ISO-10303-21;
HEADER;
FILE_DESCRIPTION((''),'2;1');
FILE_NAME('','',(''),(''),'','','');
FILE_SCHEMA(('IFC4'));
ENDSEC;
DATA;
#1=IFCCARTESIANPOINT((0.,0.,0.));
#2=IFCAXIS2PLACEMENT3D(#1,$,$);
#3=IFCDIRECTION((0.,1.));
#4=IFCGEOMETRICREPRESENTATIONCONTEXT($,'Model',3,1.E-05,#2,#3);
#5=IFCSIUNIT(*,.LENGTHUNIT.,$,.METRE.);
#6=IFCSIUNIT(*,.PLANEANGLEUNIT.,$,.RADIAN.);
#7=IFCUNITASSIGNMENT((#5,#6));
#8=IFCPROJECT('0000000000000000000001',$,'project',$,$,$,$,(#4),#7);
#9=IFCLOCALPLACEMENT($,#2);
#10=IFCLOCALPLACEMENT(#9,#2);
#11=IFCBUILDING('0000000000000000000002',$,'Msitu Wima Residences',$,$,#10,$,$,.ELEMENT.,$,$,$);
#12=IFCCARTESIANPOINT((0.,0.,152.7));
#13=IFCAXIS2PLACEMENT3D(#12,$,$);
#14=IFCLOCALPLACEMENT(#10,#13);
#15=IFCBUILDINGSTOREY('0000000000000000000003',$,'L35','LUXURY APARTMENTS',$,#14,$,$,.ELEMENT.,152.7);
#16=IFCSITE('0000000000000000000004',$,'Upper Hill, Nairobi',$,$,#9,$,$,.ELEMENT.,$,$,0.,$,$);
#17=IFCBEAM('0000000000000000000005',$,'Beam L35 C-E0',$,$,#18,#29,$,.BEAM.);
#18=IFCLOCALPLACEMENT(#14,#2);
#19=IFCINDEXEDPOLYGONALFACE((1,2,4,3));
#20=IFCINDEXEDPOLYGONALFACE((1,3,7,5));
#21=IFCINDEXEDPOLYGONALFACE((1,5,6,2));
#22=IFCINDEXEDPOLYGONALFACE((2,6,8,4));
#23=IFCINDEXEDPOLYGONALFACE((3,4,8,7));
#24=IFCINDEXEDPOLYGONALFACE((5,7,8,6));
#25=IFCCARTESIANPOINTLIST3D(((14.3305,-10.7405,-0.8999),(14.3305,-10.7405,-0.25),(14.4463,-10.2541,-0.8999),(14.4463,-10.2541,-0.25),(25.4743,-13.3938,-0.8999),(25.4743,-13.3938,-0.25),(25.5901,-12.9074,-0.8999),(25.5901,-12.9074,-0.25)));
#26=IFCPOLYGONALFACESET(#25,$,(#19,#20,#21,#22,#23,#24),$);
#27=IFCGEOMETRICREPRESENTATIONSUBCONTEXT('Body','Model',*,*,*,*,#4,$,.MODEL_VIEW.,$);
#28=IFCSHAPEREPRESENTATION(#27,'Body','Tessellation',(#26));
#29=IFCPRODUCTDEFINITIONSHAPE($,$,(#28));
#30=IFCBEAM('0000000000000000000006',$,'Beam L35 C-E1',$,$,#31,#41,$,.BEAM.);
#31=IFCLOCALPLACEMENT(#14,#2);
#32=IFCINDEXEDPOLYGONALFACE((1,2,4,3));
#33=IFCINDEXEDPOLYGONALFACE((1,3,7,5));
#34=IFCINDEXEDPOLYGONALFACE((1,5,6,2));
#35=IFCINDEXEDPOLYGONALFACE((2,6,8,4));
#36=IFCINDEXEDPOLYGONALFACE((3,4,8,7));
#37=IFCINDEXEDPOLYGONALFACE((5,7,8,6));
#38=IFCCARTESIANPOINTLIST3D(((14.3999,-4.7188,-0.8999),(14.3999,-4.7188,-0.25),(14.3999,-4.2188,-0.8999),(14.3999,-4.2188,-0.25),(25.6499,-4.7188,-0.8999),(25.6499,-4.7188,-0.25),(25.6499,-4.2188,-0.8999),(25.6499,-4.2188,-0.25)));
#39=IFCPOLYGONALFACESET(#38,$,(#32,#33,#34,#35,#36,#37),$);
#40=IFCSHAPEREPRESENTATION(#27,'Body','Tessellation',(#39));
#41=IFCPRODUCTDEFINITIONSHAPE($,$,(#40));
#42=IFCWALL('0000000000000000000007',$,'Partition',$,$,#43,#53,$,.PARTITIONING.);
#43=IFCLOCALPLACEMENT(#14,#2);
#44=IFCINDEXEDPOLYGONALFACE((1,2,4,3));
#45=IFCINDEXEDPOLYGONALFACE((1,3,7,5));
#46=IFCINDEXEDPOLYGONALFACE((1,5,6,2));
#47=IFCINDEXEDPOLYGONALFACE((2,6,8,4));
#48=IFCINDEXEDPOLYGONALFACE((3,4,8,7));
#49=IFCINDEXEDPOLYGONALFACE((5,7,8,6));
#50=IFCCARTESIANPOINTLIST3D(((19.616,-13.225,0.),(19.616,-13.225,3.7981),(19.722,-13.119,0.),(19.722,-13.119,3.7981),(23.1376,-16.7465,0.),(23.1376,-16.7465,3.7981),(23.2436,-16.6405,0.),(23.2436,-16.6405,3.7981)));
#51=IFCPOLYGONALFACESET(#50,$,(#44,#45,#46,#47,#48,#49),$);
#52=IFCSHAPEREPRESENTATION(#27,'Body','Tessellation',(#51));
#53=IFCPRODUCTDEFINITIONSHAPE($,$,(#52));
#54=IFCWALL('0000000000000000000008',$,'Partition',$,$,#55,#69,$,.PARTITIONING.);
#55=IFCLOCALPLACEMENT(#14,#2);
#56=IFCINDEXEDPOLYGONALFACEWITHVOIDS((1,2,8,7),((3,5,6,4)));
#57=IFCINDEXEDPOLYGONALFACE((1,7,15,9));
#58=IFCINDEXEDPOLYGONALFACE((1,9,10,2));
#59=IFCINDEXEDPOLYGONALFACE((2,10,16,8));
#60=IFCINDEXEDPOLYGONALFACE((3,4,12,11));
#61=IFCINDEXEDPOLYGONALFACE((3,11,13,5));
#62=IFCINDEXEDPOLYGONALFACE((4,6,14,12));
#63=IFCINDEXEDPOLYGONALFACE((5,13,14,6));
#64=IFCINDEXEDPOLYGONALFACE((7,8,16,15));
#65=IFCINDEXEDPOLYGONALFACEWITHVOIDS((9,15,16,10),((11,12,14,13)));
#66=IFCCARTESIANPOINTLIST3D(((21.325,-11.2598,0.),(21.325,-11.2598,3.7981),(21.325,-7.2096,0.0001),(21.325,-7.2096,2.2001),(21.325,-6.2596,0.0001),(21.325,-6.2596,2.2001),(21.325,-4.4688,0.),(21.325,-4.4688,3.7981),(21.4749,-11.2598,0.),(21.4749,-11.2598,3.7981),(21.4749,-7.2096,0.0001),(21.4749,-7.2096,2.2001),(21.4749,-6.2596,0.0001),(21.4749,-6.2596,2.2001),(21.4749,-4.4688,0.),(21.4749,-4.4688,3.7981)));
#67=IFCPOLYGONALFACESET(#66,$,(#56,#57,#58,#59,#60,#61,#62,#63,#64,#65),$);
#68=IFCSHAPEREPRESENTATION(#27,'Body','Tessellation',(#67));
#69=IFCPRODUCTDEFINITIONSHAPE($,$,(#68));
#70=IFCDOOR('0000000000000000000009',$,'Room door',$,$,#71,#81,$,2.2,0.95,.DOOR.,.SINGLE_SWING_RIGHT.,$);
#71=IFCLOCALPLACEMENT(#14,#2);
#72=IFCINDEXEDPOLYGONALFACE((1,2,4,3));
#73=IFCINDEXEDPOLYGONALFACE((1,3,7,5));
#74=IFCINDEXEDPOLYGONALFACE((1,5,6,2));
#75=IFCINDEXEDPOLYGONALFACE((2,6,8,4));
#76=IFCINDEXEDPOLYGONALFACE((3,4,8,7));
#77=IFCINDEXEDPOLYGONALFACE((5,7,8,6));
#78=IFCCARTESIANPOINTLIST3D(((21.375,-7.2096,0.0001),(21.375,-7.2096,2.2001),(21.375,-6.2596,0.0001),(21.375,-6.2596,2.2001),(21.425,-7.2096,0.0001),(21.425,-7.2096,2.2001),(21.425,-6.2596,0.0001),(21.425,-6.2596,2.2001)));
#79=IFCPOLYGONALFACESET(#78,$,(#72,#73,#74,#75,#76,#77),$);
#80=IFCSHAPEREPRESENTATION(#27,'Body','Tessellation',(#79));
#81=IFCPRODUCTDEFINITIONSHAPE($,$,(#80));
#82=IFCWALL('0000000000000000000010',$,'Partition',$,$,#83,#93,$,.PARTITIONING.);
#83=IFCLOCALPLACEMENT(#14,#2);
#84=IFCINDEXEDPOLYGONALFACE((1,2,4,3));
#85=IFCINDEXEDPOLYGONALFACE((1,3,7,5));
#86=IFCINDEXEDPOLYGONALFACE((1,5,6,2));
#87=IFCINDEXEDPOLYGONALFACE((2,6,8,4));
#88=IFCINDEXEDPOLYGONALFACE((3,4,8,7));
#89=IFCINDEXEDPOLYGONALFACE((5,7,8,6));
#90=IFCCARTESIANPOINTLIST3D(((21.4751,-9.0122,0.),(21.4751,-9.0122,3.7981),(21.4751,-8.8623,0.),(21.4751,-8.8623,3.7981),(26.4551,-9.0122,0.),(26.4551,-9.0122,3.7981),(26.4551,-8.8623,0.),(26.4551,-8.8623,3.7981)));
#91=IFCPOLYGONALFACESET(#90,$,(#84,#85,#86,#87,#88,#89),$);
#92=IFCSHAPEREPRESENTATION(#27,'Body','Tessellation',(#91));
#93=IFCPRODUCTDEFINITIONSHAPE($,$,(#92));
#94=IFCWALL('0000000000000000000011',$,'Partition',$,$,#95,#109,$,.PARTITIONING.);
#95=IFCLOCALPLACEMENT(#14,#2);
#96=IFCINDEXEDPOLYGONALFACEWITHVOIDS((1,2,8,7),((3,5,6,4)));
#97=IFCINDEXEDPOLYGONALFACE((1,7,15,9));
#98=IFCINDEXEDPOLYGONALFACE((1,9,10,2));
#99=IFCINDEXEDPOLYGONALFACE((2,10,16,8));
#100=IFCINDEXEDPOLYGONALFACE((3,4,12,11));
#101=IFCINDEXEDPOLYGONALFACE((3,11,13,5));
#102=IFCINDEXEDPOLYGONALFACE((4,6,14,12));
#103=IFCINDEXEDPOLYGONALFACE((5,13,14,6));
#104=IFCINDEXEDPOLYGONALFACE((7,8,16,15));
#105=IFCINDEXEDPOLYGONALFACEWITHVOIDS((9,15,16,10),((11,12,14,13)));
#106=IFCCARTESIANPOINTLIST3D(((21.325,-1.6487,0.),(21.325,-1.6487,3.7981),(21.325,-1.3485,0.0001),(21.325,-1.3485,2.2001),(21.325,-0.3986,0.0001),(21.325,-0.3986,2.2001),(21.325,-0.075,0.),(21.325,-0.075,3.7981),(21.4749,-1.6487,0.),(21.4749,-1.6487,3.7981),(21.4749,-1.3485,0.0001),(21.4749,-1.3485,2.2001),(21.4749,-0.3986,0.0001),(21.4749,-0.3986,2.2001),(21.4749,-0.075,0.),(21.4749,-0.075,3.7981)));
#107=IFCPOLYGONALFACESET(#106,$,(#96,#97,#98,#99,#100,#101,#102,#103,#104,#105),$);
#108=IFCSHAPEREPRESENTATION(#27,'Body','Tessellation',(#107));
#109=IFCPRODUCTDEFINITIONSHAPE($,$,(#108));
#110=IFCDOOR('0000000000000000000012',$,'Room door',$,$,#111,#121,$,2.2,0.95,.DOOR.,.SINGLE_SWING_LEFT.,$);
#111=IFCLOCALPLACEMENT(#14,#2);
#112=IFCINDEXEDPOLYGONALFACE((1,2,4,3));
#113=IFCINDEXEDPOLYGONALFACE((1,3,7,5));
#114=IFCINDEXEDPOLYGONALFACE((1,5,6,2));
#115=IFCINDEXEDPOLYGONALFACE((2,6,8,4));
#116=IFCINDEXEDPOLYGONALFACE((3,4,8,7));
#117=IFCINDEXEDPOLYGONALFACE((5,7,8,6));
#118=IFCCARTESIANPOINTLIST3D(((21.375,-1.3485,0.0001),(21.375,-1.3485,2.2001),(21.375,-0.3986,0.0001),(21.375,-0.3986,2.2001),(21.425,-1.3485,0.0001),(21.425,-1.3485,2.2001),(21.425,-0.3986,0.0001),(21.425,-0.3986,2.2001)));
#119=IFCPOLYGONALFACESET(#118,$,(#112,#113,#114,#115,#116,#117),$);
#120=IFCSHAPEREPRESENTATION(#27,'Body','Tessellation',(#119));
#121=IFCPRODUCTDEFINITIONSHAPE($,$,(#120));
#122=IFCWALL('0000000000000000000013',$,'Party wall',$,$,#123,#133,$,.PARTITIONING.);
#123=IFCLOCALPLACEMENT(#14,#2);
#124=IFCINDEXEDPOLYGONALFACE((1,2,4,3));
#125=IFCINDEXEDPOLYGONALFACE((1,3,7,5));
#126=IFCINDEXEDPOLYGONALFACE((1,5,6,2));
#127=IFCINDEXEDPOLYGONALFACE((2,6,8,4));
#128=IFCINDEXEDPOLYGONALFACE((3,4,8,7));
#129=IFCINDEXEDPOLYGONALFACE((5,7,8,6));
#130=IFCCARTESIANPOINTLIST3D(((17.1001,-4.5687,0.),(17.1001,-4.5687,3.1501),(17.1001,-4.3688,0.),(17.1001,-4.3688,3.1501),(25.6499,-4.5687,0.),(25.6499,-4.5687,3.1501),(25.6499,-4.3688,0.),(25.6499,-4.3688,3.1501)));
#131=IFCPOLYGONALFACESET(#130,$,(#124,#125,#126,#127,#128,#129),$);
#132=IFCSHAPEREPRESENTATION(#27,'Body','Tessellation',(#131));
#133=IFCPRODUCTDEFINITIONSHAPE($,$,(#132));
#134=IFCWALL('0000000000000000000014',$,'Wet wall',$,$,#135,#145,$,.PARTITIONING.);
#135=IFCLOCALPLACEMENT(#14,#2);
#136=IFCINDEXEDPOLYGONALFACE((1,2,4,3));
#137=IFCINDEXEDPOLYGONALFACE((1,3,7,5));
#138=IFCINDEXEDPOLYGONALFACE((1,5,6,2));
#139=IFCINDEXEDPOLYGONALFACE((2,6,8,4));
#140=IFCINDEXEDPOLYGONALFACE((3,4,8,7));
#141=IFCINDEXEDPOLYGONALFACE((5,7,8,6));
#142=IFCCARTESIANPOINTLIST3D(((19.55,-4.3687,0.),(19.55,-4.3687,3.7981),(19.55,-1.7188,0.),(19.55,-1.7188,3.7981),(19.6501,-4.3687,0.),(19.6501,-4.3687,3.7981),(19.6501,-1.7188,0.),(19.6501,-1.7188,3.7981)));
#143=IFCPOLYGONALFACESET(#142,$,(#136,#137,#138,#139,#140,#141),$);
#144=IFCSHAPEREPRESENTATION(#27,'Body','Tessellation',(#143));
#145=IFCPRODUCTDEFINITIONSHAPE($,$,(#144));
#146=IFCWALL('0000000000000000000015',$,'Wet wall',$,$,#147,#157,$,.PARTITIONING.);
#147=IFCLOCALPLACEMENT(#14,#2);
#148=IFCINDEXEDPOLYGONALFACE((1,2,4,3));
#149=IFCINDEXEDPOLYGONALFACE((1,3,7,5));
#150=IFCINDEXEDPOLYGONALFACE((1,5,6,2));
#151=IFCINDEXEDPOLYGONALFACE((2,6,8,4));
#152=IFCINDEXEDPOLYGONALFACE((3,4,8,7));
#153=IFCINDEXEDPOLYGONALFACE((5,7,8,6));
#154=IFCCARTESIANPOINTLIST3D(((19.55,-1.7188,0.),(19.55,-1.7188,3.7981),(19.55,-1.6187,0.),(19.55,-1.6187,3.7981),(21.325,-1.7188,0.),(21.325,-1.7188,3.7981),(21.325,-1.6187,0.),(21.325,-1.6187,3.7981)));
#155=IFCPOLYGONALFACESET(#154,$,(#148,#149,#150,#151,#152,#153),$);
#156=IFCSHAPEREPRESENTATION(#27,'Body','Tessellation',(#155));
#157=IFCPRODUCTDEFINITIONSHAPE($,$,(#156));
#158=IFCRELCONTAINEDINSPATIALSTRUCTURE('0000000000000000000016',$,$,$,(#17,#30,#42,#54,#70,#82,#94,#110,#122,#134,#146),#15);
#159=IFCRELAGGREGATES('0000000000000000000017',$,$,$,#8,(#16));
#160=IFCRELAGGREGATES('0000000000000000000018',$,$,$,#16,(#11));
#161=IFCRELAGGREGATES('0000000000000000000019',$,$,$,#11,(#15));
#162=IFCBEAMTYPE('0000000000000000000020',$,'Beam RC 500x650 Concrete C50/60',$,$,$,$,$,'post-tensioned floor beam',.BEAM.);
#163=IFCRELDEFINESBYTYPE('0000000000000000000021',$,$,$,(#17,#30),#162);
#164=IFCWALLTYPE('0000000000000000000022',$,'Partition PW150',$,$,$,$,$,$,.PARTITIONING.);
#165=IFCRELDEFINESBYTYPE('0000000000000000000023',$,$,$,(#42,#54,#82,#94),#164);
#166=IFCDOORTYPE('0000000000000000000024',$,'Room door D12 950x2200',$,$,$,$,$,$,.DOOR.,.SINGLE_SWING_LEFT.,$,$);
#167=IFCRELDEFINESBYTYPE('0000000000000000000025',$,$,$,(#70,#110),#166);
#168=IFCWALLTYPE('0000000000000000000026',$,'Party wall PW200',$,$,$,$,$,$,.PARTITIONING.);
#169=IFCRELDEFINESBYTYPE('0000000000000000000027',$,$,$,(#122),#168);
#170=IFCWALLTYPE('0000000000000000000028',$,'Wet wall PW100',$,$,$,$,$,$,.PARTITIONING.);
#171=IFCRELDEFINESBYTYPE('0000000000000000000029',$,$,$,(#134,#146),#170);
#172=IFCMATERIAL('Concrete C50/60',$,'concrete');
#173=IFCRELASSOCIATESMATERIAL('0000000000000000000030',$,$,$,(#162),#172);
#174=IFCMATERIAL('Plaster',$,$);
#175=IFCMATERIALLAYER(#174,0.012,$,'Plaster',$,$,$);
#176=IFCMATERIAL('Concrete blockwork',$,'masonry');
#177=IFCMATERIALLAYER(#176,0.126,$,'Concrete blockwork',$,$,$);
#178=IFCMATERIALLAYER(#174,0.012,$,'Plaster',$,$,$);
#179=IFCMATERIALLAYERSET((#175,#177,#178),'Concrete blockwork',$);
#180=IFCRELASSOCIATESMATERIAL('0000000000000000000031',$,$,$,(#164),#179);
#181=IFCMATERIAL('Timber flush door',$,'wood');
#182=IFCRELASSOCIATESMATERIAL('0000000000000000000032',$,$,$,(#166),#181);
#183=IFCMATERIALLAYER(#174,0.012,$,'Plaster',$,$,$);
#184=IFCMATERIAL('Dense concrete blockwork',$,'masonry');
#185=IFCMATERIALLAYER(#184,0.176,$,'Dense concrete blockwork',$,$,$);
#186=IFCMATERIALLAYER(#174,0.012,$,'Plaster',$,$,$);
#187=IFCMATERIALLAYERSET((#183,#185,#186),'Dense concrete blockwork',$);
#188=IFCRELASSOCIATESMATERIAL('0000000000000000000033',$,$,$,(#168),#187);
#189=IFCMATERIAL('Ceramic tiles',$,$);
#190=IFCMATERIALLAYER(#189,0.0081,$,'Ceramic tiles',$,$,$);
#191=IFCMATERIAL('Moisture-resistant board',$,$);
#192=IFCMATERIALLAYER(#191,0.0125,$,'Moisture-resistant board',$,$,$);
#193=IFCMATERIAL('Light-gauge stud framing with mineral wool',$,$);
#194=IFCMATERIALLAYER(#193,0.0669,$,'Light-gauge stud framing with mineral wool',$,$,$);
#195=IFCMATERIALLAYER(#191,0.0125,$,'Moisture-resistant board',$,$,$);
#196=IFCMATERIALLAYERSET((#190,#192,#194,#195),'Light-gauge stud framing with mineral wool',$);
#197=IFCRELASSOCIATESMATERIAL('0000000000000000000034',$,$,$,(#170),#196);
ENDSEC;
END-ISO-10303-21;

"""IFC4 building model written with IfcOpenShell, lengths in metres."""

from ifc_helpers import new_model, si_unit, direction, frame, frame_2d, origin, origin_2d, place, context, subcontext, project, spatial, rectangle, extrude, material, layer, layer_set, material_profile, profile_set, type_object, element, fill, save


model = new_model("IFC4")

# Units and contexts
model_context = context("Model", 3, precision=1e-05, world=origin(), true_north=direction((0.0, 1.0)))
body_context = subcontext(model_context, "Body", "Model", "MODEL_VIEW")
ifc_project = project(units=[si_unit("LENGTHUNIT", "METRE"), si_unit("PLANEANGLEUNIT", "RADIAN")], contexts=[model_context])

# Site, building, storey
site_placement = place(None, origin())
site = spatial("IfcSite", under=ifc_project, at=site_placement, Name="Upper Hill, Nairobi", CompositionType="ELEMENT", RefElevation=0.0)
building_placement = place(site_placement, origin())
building = spatial("IfcBuilding", under=site, at=building_placement, Name="Msitu Wima Residences", CompositionType="ELEMENT")
storey_placement = place(building_placement, frame((0.0, 0.0, 152.7)))
storey = spatial("IfcBuildingStorey", under=building, at=storey_placement, Name="L35", Description="LUXURY APARTMENTS", CompositionType="ELEMENT", Elevation=152.7)

# Beams
ifc_material_1 = material(Name="Concrete C50/60", Category="concrete")
ifc_material_profile = material_profile(ifc_material_1, rectangle(XDim=0.5, YDim=0.6499, at=origin_2d()), Name="RC 500x650")
ifc_profile_set = profile_set([ifc_material_profile], Name="Concrete C50/60")
beam_type = type_object("IfcBeamType", Name="Beam RC 500x650 Concrete C50/60", ElementType="post-tensioned floor beam", PredefinedType="BEAM", material=ifc_profile_set)
beam_1_placement = place(storey_placement, frame((25.5322, -13.1506, -0.575), z_axis=(-0.972806, 0.231623, 0.0), x_axis=(-0.231623, -0.972806, 0.0)))
element("IfcBeam", 1, at=beam_1_placement, inside=storey, type_object=beam_type, Name="Beam L35 C-E0", PredefinedType="BEAM", context=body_context, shape_type="SweptSolid", body=[
    extrude(rectangle(XDim=0.5, YDim=0.6499, at=origin_2d()), origin(), (0.0, 0.0, 1.0), 11.4553),
])
beam_2_placement = place(storey_placement, frame((25.6499, -4.4688, -0.575), z_axis=(-1.0, 0.0, 0.0), x_axis=(0.0, -1.0, 0.0)))
element("IfcBeam", 2, at=beam_2_placement, inside=storey, type_object=beam_type, Name="Beam L35 C-E1", PredefinedType="BEAM", context=body_context, shape_type="SweptSolid", body=[
    extrude(rectangle(XDim=0.5, YDim=0.6499, at=origin_2d()), origin(), (0.0, 0.0, 1.0), 11.25),
])

# Wall
ifc_material_2 = material(Name="Plaster")
ifc_layer_1 = layer(ifc_material_2, 0.012, Name="Plaster")
ifc_material_3 = material(Name="Concrete blockwork", Category="masonry")
ifc_layer_2 = layer(ifc_material_3, 0.126, Name="Concrete blockwork")
ifc_layer_3 = layer(ifc_material_2, 0.012, Name="Plaster")
ifc_layer_set_1 = layer_set([ifc_layer_1, ifc_layer_2, ifc_layer_3], Name="Concrete blockwork")
wall_type_1 = type_object("IfcWallType", Name="Partition PW150", PredefinedType="PARTITIONING", material=ifc_layer_set_1)
wall_1_placement = place(storey_placement, frame((19.6689, -13.1719, 0.0), z_axis=(0.0, 0.0, 1.0), x_axis=(0.707107, -0.707107, 0.0)))
element("IfcWall", 3, at=wall_1_placement, inside=storey, type_object=wall_type_1, Name="Partition", PredefinedType="PARTITIONING", context=body_context, shape_type="SweptSolid", body=[
    extrude(rectangle(XDim=4.9802, YDim=0.1499, at=frame_2d((2.4902, 0.0))), origin(), (0.0, 0.0, 1.0), 3.7981),
])

# Wall, opening, door
wall_2_placement = place(storey_placement, frame((21.3999, -11.2598, 0.0), z_axis=(0.0, 0.0, 1.0), x_axis=(0.0, 1.0, 0.0)))
wall_2 = element("IfcWall", 4, at=wall_2_placement, inside=storey, type_object=wall_type_1, Name="Partition", PredefinedType="PARTITIONING", context=body_context, shape_type="SweptSolid", body=[
    extrude(rectangle(XDim=6.791, YDim=0.1499, at=frame_2d((3.3955, 0.0))), origin(), (0.0, 0.0, 1.0), 3.7981),
])
opening_1_placement = place(wall_2_placement, frame((4.05, 0.0, 0.0)))
opening_1 = element("IfcOpeningElement", 5, at=opening_1_placement, cuts=wall_2, PredefinedType="OPENING", context=body_context, shape_type="SweptSolid", body=[
    extrude(rectangle(XDim=0.95, YDim=2.2, at=frame_2d((0.4751, 1.1001))), frame((0.0, 0.085, 0.0), z_axis=(0.0, -1.0, 0.0), x_axis=(1.0, 0.0, 0.0)), (0.0, 0.0, 1.0), 0.1699),
])
ifc_material_4 = material(Name="Timber flush door", Category="wood")
door_type_1 = type_object("IfcDoorType", Name="Room door D12 950x2200", OperationType="SINGLE_SWING_LEFT", PredefinedType="DOOR", material=ifc_material_4)
door_1_placement = place(opening_1_placement, origin())
door_1 = element("IfcDoor", 6, at=door_1_placement, inside=storey, type_object=door_type_1, Name="Room door", OperationType="SINGLE_SWING_RIGHT", OverallHeight=2.2, OverallWidth=0.95, PredefinedType="DOOR", context=body_context, shape_type="SweptSolid", body=[
    extrude(rectangle(XDim=0.95, YDim=2.2, at=frame_2d((0.4751, 1.1001))), frame((0.0, 0.0249, 0.0), z_axis=(0.0, -1.0, 0.0), x_axis=(1.0, 0.0, 0.0)), (0.0, 0.0, 1.0), 0.05),
])
fill(opening_1, door_1)

# Wall
wall_3_placement = place(storey_placement, frame((21.4751, -8.9373, 0.0), z_axis=(0.0, 0.0, 1.0), x_axis=(1.0, 0.0, 0.0)))
element("IfcWall", 7, at=wall_3_placement, inside=storey, type_object=wall_type_1, Name="Partition", PredefinedType="PARTITIONING", context=body_context, shape_type="SweptSolid", body=[
    extrude(rectangle(XDim=4.98, YDim=0.1499, at=frame_2d((2.49, 0.0))), origin(), (0.0, 0.0, 1.0), 3.7981),
])

# Wall, opening, door
wall_4_placement = place(storey_placement, frame((21.3999, -1.6487, 0.0), z_axis=(0.0, 0.0, 1.0), x_axis=(0.0, 1.0, 0.0)))
wall_4 = element("IfcWall", 8, at=wall_4_placement, inside=storey, type_object=wall_type_1, Name="Partition", PredefinedType="PARTITIONING", context=body_context, shape_type="SweptSolid", body=[
    extrude(rectangle(XDim=1.5737, YDim=0.1499, at=frame_2d((0.7869, 0.0))), origin(), (0.0, 0.0, 1.0), 3.7981),
])
opening_2_placement = place(wall_4_placement, frame((0.3, 0.0, 0.0)))
opening_2 = element("IfcOpeningElement", 9, at=opening_2_placement, cuts=wall_4, PredefinedType="OPENING", context=body_context, shape_type="SweptSolid", body=[
    extrude(rectangle(XDim=0.95, YDim=2.2, at=frame_2d((0.4751, 1.1001))), frame((0.0, 0.085, 0.0), z_axis=(0.0, -1.0, 0.0), x_axis=(1.0, 0.0, 0.0)), (0.0, 0.0, 1.0), 0.1699),
])
door_2_placement = place(opening_2_placement, origin())
door_2 = element("IfcDoor", 10, at=door_2_placement, inside=storey, type_object=door_type_1, Name="Room door", OperationType="SINGLE_SWING_LEFT", OverallHeight=2.2, OverallWidth=0.95, PredefinedType="DOOR", context=body_context, shape_type="SweptSolid", body=[
    extrude(rectangle(XDim=0.95, YDim=2.2, at=frame_2d((0.4751, 1.1001))), frame((0.0, 0.0249, 0.0), z_axis=(0.0, -1.0, 0.0), x_axis=(1.0, 0.0, 0.0)), (0.0, 0.0, 1.0), 0.05),
])
fill(opening_2, door_2)

# Walls
ifc_layer_4 = layer(ifc_material_2, 0.012, Name="Plaster")
ifc_material_5 = material(Name="Dense concrete blockwork", Category="masonry")
ifc_layer_5 = layer(ifc_material_5, 0.176, Name="Dense concrete blockwork")
ifc_layer_6 = layer(ifc_material_2, 0.012, Name="Plaster")
ifc_layer_set_2 = layer_set([ifc_layer_4, ifc_layer_5, ifc_layer_6], Name="Dense concrete blockwork")
wall_type_2 = type_object("IfcWallType", Name="Party wall PW200", PredefinedType="PARTITIONING", material=ifc_layer_set_2)
wall_5_placement = place(storey_placement, frame((17.1001, -4.4688, 0.0), z_axis=(0.0, 0.0, 1.0), x_axis=(1.0, 0.0, 0.0)))
element("IfcWall", 11, at=wall_5_placement, inside=storey, type_object=wall_type_2, Name="Party wall", PredefinedType="PARTITIONING", context=body_context, shape_type="SweptSolid", body=[
    extrude(rectangle(XDim=8.5498, YDim=0.2, at=frame_2d((4.2749, 0.0))), origin(), (0.0, 0.0, 1.0), 3.1501),
])
ifc_material_6 = material(Name="Ceramic tiles")
ifc_layer_7 = layer(ifc_material_6, 0.0081, Name="Ceramic tiles")
ifc_material_7 = material(Name="Moisture-resistant board")
ifc_layer_8 = layer(ifc_material_7, 0.0125, Name="Moisture-resistant board")
ifc_material_8 = material(Name="Light-gauge stud framing with mineral wool")
ifc_layer_9 = layer(ifc_material_8, 0.0669, Name="Light-gauge stud framing with mineral wool")
ifc_layer_10 = layer(ifc_material_7, 0.0125, Name="Moisture-resistant board")
ifc_layer_set_3 = layer_set([ifc_layer_7, ifc_layer_8, ifc_layer_9, ifc_layer_10], Name="Light-gauge stud framing with mineral wool")
wall_type_3 = type_object("IfcWallType", Name="Wet wall PW100", PredefinedType="PARTITIONING", material=ifc_layer_set_3)
wall_6_placement = place(storey_placement, frame((19.6001, -4.3687, 0.0), z_axis=(0.0, 0.0, 1.0), x_axis=(0.0, 1.0, 0.0)))
element("IfcWall", 12, at=wall_6_placement, inside=storey, type_object=wall_type_3, Name="Wet wall", PredefinedType="PARTITIONING", context=body_context, shape_type="SweptSolid", body=[
    extrude(rectangle(XDim=2.6499, YDim=0.1001, at=frame_2d((1.325, 0.0))), origin(), (0.0, 0.0, 1.0), 3.7981),
])
wall_7_placement = place(storey_placement, frame((19.55, -1.6687, 0.0), z_axis=(0.0, 0.0, 1.0), x_axis=(1.0, 0.0, 0.0)))
element("IfcWall", 13, at=wall_7_placement, inside=storey, type_object=wall_type_3, Name="Wet wall", PredefinedType="PARTITIONING", context=body_context, shape_type="SweptSolid", body=[
    extrude(rectangle(XDim=1.7749, YDim=0.1001, at=frame_2d((0.8875, 0.0))), origin(), (0.0, 0.0, 1.0), 3.7981),
])

save(model, "model.ifc")
